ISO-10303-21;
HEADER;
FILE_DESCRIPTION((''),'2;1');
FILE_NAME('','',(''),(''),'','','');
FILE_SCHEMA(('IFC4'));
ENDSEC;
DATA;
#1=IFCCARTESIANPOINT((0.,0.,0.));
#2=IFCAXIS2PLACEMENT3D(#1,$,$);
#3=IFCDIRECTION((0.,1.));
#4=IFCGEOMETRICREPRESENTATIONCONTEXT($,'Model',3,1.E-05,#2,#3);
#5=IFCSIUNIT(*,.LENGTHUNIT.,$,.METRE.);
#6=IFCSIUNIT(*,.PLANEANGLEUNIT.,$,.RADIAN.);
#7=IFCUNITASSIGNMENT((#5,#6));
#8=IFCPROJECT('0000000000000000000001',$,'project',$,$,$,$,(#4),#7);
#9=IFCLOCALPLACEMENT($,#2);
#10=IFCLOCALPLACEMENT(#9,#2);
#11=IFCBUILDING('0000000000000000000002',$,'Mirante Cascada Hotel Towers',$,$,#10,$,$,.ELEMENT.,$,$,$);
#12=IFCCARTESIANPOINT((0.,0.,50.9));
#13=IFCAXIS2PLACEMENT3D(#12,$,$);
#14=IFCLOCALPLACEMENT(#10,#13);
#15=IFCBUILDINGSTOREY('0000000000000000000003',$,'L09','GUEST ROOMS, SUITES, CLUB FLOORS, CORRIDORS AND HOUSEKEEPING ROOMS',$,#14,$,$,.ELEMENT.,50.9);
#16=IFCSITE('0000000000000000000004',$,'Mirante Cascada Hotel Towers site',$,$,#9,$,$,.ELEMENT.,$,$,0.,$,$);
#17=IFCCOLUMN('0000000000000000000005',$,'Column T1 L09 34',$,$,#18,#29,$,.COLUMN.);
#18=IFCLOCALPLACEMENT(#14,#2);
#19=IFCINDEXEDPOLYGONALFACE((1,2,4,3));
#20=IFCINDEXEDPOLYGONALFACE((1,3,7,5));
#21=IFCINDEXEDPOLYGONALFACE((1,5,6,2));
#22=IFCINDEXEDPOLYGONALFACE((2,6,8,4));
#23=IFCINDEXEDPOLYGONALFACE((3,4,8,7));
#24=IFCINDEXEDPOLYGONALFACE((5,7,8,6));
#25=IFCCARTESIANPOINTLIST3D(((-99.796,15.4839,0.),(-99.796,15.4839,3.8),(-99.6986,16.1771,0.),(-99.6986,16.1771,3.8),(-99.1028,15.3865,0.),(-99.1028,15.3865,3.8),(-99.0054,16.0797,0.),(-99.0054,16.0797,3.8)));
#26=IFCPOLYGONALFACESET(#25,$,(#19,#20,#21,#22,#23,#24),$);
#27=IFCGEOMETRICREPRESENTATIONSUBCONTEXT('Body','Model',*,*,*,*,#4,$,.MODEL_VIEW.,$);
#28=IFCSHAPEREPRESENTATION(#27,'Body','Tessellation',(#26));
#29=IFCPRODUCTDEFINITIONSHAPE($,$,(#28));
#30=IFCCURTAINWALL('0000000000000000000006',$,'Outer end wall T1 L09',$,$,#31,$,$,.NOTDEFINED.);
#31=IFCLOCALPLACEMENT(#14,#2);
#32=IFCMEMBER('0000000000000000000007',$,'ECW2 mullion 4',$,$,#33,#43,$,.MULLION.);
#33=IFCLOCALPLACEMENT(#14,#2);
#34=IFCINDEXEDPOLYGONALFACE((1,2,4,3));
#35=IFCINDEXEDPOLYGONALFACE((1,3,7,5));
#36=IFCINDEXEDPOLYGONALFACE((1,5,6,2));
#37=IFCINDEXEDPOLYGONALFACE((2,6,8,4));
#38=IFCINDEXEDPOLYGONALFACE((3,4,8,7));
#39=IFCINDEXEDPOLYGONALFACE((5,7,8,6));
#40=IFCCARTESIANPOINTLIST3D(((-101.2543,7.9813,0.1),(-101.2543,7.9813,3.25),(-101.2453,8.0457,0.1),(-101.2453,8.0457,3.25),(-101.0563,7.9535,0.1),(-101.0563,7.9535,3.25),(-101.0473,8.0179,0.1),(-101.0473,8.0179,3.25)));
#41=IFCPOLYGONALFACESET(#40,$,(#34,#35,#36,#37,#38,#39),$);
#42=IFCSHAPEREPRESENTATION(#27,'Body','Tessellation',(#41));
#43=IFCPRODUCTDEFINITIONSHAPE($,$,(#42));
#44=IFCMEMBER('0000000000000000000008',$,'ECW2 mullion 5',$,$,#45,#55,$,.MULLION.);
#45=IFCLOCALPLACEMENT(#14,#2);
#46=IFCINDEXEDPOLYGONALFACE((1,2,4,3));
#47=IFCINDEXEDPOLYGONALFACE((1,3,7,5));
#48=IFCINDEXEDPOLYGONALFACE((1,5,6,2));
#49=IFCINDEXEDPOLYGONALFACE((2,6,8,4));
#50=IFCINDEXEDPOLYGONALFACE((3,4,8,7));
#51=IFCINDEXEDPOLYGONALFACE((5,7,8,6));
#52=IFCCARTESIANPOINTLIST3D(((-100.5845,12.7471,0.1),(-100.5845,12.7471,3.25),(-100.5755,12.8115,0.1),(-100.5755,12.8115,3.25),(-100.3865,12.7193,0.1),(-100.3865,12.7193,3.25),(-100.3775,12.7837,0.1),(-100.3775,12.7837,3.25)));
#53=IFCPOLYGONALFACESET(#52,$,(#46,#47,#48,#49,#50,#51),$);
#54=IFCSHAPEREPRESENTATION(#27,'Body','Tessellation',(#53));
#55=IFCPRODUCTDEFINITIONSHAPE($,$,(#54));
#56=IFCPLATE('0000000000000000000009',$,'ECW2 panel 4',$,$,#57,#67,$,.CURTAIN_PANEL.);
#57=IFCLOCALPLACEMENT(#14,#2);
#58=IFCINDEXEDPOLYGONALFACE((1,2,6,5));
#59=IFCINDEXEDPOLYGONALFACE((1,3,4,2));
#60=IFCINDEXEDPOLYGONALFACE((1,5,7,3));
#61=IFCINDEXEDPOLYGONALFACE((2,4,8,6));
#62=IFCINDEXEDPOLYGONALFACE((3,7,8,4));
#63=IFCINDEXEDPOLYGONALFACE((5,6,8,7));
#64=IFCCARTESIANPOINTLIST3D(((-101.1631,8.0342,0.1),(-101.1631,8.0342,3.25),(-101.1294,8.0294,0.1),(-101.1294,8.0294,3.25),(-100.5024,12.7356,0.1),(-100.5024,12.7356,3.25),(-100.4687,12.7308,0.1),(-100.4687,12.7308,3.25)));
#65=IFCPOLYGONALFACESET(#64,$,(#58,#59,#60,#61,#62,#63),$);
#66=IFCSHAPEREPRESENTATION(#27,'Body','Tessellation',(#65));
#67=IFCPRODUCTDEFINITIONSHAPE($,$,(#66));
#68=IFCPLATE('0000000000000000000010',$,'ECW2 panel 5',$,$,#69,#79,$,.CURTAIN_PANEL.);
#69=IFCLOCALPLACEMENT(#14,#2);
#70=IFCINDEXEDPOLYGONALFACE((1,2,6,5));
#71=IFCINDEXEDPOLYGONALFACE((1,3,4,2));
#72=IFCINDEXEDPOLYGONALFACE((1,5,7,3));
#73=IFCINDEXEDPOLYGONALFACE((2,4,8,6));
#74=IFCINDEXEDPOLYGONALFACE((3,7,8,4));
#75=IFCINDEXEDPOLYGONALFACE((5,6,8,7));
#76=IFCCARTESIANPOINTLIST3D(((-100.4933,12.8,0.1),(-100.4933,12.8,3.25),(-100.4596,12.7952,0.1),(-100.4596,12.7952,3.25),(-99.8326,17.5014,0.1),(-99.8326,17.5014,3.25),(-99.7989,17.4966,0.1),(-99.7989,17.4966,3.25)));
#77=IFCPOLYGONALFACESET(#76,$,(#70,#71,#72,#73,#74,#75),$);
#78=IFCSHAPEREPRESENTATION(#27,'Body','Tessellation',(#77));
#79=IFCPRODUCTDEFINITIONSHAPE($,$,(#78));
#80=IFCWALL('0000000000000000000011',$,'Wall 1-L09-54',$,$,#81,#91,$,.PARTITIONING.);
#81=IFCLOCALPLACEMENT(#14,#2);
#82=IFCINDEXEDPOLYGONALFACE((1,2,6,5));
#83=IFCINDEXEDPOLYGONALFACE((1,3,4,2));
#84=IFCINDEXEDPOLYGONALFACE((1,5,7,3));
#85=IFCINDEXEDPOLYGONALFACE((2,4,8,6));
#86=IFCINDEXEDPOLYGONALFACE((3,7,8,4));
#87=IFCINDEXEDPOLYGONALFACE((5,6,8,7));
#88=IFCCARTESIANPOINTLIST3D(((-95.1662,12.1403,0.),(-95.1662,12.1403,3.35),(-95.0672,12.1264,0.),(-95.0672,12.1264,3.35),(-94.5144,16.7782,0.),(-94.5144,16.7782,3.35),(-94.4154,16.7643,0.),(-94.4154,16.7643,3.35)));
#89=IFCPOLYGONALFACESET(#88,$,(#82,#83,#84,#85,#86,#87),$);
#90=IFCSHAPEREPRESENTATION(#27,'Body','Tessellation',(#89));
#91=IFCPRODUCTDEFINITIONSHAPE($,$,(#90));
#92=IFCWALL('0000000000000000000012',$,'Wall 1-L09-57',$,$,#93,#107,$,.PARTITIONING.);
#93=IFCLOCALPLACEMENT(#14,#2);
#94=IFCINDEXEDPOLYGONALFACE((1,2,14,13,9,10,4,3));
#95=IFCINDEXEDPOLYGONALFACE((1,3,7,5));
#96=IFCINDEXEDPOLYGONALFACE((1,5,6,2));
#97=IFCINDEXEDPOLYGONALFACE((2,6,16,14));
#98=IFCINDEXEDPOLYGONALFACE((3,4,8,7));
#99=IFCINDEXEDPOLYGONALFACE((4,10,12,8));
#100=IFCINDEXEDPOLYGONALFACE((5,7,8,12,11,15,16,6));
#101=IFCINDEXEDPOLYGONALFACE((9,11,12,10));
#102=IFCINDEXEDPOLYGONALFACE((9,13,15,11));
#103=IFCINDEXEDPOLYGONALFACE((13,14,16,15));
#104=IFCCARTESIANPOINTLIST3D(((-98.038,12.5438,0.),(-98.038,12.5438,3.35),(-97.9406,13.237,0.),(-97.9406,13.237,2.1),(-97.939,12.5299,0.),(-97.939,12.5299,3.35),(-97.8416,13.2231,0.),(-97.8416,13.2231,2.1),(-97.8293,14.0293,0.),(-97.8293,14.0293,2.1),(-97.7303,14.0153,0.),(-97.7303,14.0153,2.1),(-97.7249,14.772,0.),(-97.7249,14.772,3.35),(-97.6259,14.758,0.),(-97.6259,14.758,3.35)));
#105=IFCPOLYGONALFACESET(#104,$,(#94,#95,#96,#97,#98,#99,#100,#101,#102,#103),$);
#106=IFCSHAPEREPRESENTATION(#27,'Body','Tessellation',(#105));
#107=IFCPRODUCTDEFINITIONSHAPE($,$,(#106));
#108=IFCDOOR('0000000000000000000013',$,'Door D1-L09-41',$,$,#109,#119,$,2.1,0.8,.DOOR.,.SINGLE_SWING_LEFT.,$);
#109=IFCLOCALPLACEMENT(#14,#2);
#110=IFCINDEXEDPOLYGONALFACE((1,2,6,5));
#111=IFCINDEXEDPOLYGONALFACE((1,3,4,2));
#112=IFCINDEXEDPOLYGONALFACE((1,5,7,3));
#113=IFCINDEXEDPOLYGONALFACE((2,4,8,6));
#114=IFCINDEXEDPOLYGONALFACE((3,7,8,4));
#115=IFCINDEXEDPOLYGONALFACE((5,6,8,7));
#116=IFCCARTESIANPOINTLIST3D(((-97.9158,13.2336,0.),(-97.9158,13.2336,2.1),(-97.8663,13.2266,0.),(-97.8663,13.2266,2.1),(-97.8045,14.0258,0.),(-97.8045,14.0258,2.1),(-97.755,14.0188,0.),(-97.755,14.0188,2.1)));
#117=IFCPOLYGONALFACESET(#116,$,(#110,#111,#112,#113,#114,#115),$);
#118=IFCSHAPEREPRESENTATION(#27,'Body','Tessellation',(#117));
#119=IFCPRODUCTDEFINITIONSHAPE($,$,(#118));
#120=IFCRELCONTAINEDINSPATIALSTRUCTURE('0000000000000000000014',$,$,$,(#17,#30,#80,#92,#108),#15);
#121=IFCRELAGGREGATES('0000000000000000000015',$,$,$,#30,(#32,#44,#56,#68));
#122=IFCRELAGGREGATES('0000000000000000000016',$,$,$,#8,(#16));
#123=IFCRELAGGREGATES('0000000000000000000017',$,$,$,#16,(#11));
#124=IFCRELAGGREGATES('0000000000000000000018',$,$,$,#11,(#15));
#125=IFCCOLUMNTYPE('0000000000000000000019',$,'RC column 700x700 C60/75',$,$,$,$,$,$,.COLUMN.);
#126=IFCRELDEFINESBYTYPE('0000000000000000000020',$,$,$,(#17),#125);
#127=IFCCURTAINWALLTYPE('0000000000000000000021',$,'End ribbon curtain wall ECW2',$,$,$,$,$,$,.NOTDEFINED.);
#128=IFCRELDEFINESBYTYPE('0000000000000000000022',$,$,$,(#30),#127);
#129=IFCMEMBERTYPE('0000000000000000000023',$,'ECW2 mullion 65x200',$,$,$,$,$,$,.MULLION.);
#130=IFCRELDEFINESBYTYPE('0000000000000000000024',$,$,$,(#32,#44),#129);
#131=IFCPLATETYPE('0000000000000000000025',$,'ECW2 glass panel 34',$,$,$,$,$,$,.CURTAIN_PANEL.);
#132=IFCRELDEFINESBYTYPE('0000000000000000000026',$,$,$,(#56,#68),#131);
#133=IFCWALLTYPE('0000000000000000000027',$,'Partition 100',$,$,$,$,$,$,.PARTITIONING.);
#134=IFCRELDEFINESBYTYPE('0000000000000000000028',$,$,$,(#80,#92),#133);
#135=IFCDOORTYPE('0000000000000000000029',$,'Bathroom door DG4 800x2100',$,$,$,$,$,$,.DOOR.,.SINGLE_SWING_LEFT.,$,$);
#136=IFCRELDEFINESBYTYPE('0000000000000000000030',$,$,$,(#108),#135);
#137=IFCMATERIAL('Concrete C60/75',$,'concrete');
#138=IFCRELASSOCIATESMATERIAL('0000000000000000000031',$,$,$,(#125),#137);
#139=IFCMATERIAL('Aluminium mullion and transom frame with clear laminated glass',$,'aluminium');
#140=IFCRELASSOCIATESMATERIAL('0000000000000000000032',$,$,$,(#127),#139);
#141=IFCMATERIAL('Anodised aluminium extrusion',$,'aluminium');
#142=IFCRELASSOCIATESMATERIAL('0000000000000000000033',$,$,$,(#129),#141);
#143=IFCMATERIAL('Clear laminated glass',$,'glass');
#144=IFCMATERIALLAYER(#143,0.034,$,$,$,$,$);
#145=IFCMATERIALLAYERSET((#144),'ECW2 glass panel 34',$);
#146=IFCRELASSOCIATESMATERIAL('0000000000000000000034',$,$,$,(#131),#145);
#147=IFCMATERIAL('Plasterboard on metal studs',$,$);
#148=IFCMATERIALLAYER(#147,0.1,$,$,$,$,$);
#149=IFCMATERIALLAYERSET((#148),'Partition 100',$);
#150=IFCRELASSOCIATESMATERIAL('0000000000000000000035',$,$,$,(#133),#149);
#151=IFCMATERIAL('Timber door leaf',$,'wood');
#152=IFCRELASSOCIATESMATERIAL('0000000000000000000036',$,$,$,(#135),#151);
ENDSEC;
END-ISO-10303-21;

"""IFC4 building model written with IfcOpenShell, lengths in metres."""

from ifc_helpers import new_model, si_unit, direction, frame, frame_2d, origin, origin_2d, place, context, subcontext, project, spatial, rectangle, extrude, material, layer, layer_set, material_profile, profile_set, type_object, element, fill, aggregate, save


model = new_model("IFC4")

# Units and contexts
model_context = context("Model", 3, precision=1e-05, world=origin(), true_north=direction((0.0, 1.0)))
body_context = subcontext(model_context, "Body", "Model", "MODEL_VIEW")
ifc_project = project(units=[si_unit("LENGTHUNIT", "METRE"), si_unit("PLANEANGLEUNIT", "RADIAN")], contexts=[model_context])

# Site, building, storey
site_placement = place(None, origin())
site = spatial("IfcSite", under=ifc_project, at=site_placement, Name="Mirante Cascada Hotel Towers site", CompositionType="ELEMENT", RefElevation=0.0)
building_placement = place(site_placement, origin())
building = spatial("IfcBuilding", under=site, at=building_placement, Name="Mirante Cascada Hotel Towers", CompositionType="ELEMENT")
storey_placement = place(building_placement, frame((0.0, 0.0, 50.9)))
storey = spatial("IfcBuildingStorey", under=building, at=storey_placement, Name="L09", Description="GUEST ROOMS, SUITES, CLUB FLOORS, CORRIDORS AND HOUSEKEEPING ROOMS", CompositionType="ELEMENT", Elevation=50.9)

# Column
ifc_material_1 = material(Name="Concrete C60/75", Category="concrete")
ifc_material_profile_1 = material_profile(ifc_material_1, rectangle(XDim=0.7, YDim=0.7, at=origin_2d()), Name="RC column 700x700 C60/75")
ifc_profile_set_1 = profile_set([ifc_material_profile_1], Name="Concrete C60/75")
column_type = type_object("IfcColumnType", Name="RC column 700x700 C60/75", PredefinedType="COLUMN", material=ifc_profile_set_1)
column_placement = place(storey_placement, frame((-99.4007, 15.7818, 0.0), z_axis=(0.0, 0.0, 1.0), x_axis=(-0.990268, 0.139173, 0.0)))
element("IfcColumn", 1, at=column_placement, inside=storey, type_object=column_type, Name="Column T1 L09 34", PredefinedType="COLUMN", context=body_context, shape_type="SweptSolid", body=[
    extrude(rectangle(XDim=0.7, YDim=0.7, at=origin_2d()), origin(), (0.0, 0.0, 1.0), 3.8),
])

# Curtain wall, members, plates
ifc_material_2 = material(Name="Aluminium mullion and transom frame with clear laminated glass", Category="aluminium")
curtain_wall_type = type_object("IfcCurtainWallType", Name="End ribbon curtain wall ECW2", PredefinedType="NOTDEFINED", material=ifc_material_2)
curtain_wall_placement = place(storey_placement, origin())
curtain_wall = element("IfcCurtainWall", 2, at=curtain_wall_placement, inside=storey, type_object=curtain_wall_type, Name="Outer end wall T1 L09", PredefinedType="NOTDEFINED")
ifc_material_3 = material(Name="Anodised aluminium extrusion", Category="aluminium")
ifc_material_profile_2 = material_profile(ifc_material_3, rectangle(XDim=0.2, YDim=0.065, at=origin_2d()), Name="ECW2 MULLION 65x200")
ifc_profile_set_2 = profile_set([ifc_material_profile_2], Name="Anodised aluminium extrusion")
member_type = type_object("IfcMemberType", Name="ECW2 mullion 65x200", PredefinedType="MULLION", material=ifc_profile_set_2)
member_1_placement = place(storey_placement, frame((-101.1508, 7.9996, 0.1), z_axis=(0.0, 0.0, 1.0), x_axis=(-0.990268, 0.139173, 0.0)))
member_1 = element("IfcMember", 3, at=member_1_placement, type_object=member_type, Name="ECW2 mullion 4", PredefinedType="MULLION", context=body_context, shape_type="SweptSolid", body=[
    extrude(rectangle(XDim=0.2, YDim=0.065, at=origin_2d()), origin(), (0.0, 0.0, 1.0), 3.15),
])
member_2_placement = place(storey_placement, frame((-100.481, 12.7654, 0.1), z_axis=(0.0, 0.0, 1.0), x_axis=(-0.990268, 0.139173, 0.0)))
member_2 = element("IfcMember", 4, at=member_2_placement, type_object=member_type, Name="ECW2 mullion 5", PredefinedType="MULLION", context=body_context, shape_type="SweptSolid", body=[
    extrude(rectangle(XDim=0.2, YDim=0.065, at=origin_2d()), origin(), (0.0, 0.0, 1.0), 3.15),
])
ifc_material_4 = material(Name="Clear laminated glass", Category="glass")
ifc_layer_1 = layer(ifc_material_4, 0.034)
ifc_layer_set_1 = layer_set([ifc_layer_1], Name="ECW2 glass panel 34")
plate_type = type_object("IfcPlateType", Name="ECW2 glass panel 34", PredefinedType="CURTAIN_PANEL", material=ifc_layer_set_1)
plate_1_placement = place(storey_placement, frame((-100.8159, 10.3825, 0.1), z_axis=(0.0, 0.0, 1.0), x_axis=(0.139173, 0.990268, 0.0)))
plate_1 = element("IfcPlate", 5, at=plate_1_placement, type_object=plate_type, Name="ECW2 panel 4", PredefinedType="CURTAIN_PANEL", context=body_context, shape_type="SweptSolid", body=[
    extrude(rectangle(XDim=4.7476, YDim=0.034, at=origin_2d()), origin(), (0.0, 0.0, 1.0), 3.15),
])
plate_2_placement = place(storey_placement, frame((-100.1461, 15.1483, 0.1), z_axis=(0.0, 0.0, 1.0), x_axis=(0.139173, 0.990268, 0.0)))
plate_2 = element("IfcPlate", 6, at=plate_2_placement, type_object=plate_type, Name="ECW2 panel 5", PredefinedType="CURTAIN_PANEL", context=body_context, shape_type="SweptSolid", body=[
    extrude(rectangle(XDim=4.7476, YDim=0.034, at=origin_2d()), origin(), (0.0, 0.0, 1.0), 3.15),
])
aggregate(curtain_wall, [member_1, member_2, plate_1, plate_2])

# Wall
ifc_material_5 = material(Name="Plasterboard on metal studs")
ifc_layer_2 = layer(ifc_material_5, 0.1)
ifc_layer_set_2 = layer_set([ifc_layer_2], Name="Partition 100")
wall_type = type_object("IfcWallType", Name="Partition 100", PredefinedType="PARTITIONING", material=ifc_layer_set_2)
wall_1_placement = place(storey_placement, frame((-95.1167, 12.1333, 0.0), z_axis=(0.0, 0.0, 1.0), x_axis=(0.13917, 0.990268, 0.0)))
element("IfcWall", 7, at=wall_1_placement, inside=storey, type_object=wall_type, Name="Wall 1-L09-54", PredefinedType="PARTITIONING", context=body_context, shape_type="SweptSolid", body=[
    extrude(rectangle(XDim=4.6835, YDim=0.1, at=frame_2d((2.3418, 0.0))), origin(), (0.0, 0.0, 1.0), 3.35),
])

# Wall, opening, door
wall_2_placement = place(storey_placement, frame((-97.6754, 14.765, 0.0), z_axis=(0.0, 0.0, 1.0), x_axis=(-0.139156, -0.990271, 0.0)))
wall_2 = element("IfcWall", 8, at=wall_2_placement, inside=storey, type_object=wall_type, Name="Wall 1-L09-57", PredefinedType="PARTITIONING", context=body_context, shape_type="SweptSolid", body=[
    extrude(rectangle(XDim=2.25, YDim=0.1, at=frame_2d((1.125, 0.0))), origin(), (0.0, 0.0, 1.0), 3.35),
])
opening_placement = place(wall_2_placement, frame((0.75, 0.0, 0.0)))
opening = element("IfcOpeningElement", 9, at=opening_placement, cuts=wall_2, PredefinedType="OPENING", context=body_context, shape_type="SweptSolid", body=[
    extrude(rectangle(XDim=0.8, YDim=2.1, at=frame_2d((0.4, 1.05))), frame((0.0, 0.05, 0.0), z_axis=(0.0, -1.0, 0.0), x_axis=(1.0, 0.0, 0.0)), (0.0, 0.0, 1.0), 0.1),
])
ifc_material_6 = material(Name="Timber door leaf", Category="wood")
door_type = type_object("IfcDoorType", Name="Bathroom door DG4 800x2100", OperationType="SINGLE_SWING_LEFT", PredefinedType="DOOR", material=ifc_material_6)
door_placement = place(opening_placement, origin())
door = element("IfcDoor", 10, at=door_placement, inside=storey, type_object=door_type, Name="Door D1-L09-41", OperationType="SINGLE_SWING_LEFT", OverallHeight=2.1, OverallWidth=0.8, PredefinedType="DOOR", context=body_context, shape_type="SweptSolid", body=[
    extrude(rectangle(XDim=0.8, YDim=2.1, at=frame_2d((0.4, 1.05))), frame((0.0, 0.025, 0.0), z_axis=(0.0, -1.0, 0.0), x_axis=(1.0, 0.0, 0.0)), (0.0, 0.0, 1.0), 0.05),
])
fill(opening, door)

save(model, "model.ifc")
